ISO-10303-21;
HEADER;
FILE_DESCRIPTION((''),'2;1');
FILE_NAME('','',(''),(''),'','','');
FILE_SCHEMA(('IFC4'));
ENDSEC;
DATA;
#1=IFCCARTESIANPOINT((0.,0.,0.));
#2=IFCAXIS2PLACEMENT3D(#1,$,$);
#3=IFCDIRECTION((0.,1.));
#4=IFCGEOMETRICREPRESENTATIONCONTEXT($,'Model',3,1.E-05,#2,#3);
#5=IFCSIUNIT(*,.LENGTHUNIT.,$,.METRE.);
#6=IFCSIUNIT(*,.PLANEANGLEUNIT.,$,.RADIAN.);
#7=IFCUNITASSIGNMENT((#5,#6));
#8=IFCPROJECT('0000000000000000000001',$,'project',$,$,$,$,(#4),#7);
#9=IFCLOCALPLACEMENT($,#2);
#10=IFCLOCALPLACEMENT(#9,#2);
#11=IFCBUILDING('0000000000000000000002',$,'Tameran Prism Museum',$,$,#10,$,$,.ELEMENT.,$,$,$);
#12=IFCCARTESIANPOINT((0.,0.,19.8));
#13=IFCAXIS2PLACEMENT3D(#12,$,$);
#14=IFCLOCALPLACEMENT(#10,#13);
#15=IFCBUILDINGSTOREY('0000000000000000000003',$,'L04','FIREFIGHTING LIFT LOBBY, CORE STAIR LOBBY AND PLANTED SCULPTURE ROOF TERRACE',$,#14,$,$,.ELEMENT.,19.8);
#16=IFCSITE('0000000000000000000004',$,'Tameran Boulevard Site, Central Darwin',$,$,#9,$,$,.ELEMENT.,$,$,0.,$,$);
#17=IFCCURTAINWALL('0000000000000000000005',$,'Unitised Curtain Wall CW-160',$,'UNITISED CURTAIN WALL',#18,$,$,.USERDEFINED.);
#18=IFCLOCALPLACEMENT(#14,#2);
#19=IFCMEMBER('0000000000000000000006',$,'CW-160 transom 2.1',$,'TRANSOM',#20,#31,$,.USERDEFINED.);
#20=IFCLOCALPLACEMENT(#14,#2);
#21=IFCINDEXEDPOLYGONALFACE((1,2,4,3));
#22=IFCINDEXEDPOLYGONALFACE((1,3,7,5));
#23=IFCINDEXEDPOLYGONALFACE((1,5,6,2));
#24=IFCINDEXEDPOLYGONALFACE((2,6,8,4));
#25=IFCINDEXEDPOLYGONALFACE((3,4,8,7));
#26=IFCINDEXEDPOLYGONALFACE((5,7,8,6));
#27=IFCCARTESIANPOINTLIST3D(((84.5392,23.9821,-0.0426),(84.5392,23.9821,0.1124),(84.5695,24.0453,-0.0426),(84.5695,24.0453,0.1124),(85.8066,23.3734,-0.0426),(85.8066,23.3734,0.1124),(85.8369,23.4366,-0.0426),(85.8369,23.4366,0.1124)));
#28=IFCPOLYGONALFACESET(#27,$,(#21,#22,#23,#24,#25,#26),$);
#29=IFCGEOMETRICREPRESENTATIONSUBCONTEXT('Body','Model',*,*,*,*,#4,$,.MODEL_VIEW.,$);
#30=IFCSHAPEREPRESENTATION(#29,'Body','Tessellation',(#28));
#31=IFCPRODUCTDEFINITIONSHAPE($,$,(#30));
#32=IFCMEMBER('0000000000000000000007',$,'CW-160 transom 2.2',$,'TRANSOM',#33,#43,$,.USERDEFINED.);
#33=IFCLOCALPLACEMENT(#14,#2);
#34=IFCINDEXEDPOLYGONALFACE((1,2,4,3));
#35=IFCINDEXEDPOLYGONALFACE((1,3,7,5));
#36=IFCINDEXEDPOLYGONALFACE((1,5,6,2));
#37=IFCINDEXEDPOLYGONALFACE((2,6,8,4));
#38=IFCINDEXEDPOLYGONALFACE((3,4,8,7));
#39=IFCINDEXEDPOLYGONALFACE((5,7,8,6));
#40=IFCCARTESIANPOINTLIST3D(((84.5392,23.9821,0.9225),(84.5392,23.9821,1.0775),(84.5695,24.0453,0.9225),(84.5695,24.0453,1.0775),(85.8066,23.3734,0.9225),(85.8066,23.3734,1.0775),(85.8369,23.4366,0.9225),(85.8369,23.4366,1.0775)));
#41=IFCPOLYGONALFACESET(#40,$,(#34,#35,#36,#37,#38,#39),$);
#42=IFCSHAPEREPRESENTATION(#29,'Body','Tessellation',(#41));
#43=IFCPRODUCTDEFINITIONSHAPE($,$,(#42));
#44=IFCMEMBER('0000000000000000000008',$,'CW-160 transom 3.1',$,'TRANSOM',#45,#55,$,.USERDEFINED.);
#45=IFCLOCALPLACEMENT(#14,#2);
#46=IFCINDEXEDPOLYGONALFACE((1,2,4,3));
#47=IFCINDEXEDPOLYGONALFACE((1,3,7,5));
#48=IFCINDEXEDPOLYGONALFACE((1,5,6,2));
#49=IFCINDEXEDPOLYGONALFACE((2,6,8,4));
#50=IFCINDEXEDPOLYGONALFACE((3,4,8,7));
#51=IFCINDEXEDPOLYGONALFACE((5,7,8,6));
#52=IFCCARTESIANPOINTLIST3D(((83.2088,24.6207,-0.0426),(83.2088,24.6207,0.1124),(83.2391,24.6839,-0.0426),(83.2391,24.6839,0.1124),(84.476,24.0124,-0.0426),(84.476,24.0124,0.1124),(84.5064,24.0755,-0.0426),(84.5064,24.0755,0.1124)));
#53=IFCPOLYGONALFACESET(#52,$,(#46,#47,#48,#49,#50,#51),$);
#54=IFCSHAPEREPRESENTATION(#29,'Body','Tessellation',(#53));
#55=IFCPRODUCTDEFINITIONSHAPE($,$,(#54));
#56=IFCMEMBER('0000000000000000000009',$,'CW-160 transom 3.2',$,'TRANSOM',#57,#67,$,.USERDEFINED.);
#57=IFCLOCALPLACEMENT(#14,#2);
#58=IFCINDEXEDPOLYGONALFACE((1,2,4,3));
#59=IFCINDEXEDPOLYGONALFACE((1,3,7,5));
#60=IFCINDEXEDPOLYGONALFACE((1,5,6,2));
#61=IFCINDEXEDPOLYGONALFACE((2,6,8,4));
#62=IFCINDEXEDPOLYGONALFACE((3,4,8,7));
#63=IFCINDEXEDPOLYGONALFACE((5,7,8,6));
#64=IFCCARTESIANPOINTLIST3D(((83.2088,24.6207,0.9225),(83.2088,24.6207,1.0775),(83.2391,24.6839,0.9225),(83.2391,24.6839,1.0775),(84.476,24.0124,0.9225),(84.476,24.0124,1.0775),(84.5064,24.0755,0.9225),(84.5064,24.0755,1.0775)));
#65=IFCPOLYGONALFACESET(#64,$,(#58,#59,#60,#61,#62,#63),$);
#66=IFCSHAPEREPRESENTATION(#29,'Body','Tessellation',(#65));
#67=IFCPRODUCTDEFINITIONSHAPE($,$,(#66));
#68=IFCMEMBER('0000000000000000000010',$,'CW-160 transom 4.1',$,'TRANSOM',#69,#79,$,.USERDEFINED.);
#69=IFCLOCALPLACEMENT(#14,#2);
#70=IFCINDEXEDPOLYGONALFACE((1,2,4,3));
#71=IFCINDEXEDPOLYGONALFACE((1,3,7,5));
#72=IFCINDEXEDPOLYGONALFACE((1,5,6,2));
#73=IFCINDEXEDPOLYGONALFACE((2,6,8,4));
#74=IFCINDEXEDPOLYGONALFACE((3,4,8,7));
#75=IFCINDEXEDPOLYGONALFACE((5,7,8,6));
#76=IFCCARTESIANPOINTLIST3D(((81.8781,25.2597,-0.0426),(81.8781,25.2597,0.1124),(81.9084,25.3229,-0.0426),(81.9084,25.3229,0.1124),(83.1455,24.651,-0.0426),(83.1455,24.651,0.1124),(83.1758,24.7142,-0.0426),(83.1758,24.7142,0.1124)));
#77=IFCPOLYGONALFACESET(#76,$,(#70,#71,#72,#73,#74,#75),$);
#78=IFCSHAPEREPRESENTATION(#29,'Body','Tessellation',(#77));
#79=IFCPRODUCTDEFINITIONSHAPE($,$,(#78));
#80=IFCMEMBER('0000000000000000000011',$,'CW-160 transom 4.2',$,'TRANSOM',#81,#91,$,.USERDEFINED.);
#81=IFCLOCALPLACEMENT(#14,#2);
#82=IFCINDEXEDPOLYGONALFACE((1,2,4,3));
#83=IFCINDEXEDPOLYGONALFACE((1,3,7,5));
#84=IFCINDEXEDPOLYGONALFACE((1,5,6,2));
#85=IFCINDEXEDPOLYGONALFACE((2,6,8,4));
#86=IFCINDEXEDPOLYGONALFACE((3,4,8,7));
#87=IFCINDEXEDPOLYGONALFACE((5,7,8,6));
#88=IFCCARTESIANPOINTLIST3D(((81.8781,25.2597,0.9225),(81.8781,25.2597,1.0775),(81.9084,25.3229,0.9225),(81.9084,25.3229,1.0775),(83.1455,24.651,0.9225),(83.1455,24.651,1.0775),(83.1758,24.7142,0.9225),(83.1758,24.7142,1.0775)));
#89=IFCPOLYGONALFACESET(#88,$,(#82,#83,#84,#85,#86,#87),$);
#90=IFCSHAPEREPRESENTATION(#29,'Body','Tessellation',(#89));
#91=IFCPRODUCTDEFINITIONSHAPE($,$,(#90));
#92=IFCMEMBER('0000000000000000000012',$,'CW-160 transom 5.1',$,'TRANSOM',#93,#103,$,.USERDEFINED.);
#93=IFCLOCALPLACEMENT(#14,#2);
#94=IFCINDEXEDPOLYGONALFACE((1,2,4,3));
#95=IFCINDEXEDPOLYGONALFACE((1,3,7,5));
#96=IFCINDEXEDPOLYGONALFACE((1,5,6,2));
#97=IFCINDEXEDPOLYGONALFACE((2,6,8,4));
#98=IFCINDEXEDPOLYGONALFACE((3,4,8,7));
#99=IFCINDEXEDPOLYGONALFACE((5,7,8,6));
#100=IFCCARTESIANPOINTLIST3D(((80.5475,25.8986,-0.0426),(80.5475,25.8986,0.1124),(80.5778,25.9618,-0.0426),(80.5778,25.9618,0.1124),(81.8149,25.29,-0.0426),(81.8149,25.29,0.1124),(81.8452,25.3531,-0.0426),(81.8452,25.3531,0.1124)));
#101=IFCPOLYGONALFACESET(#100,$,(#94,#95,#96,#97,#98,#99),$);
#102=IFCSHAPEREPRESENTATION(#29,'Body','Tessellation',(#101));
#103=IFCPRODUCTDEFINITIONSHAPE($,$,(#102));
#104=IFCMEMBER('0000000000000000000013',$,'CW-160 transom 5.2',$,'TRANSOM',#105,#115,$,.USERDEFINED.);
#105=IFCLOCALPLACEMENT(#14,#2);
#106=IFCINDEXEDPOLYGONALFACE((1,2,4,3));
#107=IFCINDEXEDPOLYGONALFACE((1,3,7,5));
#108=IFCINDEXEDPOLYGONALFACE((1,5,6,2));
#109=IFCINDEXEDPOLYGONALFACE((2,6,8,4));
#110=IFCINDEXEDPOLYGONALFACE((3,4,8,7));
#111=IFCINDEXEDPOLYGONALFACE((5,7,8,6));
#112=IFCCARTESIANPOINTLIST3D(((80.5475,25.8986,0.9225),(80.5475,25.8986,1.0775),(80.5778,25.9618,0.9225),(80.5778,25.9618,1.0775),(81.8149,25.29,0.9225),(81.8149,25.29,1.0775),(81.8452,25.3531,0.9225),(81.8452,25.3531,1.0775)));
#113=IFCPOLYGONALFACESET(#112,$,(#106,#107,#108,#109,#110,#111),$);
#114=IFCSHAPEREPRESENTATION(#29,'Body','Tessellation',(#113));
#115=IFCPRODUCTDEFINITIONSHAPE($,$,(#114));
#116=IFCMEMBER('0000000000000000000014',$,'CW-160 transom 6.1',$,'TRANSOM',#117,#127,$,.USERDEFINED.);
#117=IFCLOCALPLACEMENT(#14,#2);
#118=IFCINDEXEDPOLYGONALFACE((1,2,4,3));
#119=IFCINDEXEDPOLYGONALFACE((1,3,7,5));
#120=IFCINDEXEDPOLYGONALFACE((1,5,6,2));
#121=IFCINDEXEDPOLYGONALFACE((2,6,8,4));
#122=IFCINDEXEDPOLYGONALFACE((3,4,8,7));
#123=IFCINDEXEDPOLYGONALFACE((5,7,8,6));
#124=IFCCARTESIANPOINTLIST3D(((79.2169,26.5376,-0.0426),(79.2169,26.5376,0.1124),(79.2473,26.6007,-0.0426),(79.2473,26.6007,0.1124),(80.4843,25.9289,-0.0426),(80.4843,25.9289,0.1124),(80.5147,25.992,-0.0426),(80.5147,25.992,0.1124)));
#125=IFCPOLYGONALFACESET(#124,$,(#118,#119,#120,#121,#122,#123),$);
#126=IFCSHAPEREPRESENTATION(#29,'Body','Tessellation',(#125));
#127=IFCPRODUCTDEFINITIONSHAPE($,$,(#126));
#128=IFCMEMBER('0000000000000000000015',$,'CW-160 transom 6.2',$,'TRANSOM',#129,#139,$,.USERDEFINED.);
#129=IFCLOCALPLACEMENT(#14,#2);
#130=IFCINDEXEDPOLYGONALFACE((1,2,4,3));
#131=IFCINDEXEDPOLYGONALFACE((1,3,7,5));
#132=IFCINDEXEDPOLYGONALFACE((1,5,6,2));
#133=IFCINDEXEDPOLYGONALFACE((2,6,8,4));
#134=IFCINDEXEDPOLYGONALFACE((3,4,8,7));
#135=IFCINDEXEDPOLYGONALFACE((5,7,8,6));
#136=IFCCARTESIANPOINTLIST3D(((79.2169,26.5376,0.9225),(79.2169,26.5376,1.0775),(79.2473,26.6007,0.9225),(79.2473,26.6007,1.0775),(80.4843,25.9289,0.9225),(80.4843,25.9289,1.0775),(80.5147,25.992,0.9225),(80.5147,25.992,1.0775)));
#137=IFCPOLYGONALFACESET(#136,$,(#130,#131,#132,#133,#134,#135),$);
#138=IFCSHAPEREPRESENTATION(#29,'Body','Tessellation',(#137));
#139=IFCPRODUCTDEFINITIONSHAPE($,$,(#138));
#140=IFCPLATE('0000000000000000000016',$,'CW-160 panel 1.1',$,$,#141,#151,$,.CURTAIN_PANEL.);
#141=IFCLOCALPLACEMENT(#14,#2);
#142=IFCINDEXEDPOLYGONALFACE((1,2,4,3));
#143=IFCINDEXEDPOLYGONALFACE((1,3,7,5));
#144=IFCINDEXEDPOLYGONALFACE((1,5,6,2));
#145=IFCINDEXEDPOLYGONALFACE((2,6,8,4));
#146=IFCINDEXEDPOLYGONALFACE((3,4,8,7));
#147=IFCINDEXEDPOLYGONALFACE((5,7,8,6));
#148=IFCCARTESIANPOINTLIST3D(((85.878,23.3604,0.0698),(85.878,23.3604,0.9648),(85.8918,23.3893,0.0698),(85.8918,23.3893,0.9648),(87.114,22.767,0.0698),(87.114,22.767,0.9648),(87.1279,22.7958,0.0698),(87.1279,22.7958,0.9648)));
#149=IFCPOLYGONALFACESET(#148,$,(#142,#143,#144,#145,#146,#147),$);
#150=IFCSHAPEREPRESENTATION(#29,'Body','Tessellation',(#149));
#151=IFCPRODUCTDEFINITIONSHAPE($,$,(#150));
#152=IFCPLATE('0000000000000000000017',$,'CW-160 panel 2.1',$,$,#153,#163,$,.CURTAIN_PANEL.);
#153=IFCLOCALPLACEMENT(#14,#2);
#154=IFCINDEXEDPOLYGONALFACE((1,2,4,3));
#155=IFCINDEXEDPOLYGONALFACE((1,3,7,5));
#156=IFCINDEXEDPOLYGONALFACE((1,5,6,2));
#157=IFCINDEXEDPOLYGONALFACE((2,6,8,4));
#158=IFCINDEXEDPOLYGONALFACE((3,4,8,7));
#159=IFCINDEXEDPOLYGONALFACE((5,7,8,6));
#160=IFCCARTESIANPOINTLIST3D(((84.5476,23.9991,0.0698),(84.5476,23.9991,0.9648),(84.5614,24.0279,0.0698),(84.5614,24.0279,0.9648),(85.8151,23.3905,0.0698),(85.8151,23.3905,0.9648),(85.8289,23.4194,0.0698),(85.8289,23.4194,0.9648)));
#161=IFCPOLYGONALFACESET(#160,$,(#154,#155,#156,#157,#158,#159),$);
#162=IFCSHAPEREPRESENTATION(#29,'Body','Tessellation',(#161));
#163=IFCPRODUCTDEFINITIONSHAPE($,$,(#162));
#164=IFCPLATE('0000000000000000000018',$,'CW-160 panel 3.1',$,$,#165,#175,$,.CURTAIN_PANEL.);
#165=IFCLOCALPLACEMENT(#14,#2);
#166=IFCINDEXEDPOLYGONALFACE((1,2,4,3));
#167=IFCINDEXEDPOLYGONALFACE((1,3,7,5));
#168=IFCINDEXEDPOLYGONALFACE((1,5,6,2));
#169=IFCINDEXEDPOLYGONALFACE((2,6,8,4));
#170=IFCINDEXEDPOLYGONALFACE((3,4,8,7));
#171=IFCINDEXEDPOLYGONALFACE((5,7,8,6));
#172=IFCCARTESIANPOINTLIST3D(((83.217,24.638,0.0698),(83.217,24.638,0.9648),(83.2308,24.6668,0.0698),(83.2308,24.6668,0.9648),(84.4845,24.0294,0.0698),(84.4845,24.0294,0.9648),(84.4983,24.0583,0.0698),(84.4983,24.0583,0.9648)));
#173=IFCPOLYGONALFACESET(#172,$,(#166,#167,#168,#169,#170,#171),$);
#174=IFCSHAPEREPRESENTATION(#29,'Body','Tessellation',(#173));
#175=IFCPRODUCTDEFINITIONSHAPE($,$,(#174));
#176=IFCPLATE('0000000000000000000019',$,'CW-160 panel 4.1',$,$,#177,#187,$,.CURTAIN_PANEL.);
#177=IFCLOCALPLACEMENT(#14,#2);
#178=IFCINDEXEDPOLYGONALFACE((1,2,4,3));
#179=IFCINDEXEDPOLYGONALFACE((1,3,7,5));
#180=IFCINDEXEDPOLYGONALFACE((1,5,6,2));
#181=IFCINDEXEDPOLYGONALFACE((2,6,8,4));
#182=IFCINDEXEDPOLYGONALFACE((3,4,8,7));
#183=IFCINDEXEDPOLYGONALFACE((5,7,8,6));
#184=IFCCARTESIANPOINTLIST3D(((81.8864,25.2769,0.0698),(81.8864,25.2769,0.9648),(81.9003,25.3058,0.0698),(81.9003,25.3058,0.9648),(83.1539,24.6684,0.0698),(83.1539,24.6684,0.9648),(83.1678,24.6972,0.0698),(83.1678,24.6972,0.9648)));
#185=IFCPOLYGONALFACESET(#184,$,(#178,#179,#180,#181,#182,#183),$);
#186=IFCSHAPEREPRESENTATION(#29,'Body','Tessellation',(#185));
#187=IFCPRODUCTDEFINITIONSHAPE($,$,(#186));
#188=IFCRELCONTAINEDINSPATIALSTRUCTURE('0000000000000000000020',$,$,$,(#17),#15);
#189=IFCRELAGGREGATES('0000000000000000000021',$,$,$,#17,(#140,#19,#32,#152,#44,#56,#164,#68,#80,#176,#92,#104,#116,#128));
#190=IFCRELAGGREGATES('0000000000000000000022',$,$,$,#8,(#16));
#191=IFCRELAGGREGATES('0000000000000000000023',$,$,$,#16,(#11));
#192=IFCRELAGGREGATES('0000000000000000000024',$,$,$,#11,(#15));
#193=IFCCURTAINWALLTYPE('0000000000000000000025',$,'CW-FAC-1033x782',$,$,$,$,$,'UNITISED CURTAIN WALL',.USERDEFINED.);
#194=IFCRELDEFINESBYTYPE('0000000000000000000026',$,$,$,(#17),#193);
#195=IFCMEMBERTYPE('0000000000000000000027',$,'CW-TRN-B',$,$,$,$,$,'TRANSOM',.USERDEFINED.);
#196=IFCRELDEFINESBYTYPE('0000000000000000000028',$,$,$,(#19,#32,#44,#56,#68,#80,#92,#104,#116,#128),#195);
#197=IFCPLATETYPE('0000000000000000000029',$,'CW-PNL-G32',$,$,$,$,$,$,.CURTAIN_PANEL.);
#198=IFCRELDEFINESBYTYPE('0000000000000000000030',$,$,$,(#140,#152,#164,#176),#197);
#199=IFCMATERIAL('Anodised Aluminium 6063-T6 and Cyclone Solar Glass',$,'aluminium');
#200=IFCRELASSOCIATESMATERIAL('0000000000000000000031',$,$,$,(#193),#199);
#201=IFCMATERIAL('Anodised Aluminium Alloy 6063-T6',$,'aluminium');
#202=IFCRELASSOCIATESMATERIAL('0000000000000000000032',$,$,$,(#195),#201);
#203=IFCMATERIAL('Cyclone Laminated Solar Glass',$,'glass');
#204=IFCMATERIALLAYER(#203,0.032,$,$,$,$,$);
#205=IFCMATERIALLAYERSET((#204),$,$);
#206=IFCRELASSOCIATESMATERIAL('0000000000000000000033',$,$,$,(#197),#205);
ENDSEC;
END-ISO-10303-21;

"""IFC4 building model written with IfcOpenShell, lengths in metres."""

from ifc_helpers import new_model, si_unit, direction, frame, origin, origin_2d, place, context, subcontext, project, spatial, rectangle, extrude, material, layer, layer_set, material_profile, profile_set, type_object, element, aggregate, save


model = new_model("IFC4")

# Units and contexts
model_context = context("Model", 3, precision=1e-05, world=origin(), true_north=direction((0.0, 1.0)))
body_context = subcontext(model_context, "Body", "Model", "MODEL_VIEW")
ifc_project = project(units=[si_unit("LENGTHUNIT", "METRE"), si_unit("PLANEANGLEUNIT", "RADIAN")], contexts=[model_context])

# Site, building, storey
site_placement = place(None, origin())
site = spatial("IfcSite", under=ifc_project, at=site_placement, Name="Tameran Boulevard Site, Central Darwin", CompositionType="ELEMENT", RefElevation=0.0)
building_placement = place(site_placement, origin())
building = spatial("IfcBuilding", under=site, at=building_placement, Name="Tameran Prism Museum", CompositionType="ELEMENT")
storey_placement = place(building_placement, frame((0.0, 0.0, 19.8)))
storey = spatial("IfcBuildingStorey", under=building, at=storey_placement, Name="L04", Description="FIREFIGHTING LIFT LOBBY, CORE STAIR LOBBY AND PLANTED SCULPTURE ROOF TERRACE", CompositionType="ELEMENT", Elevation=19.8)

# Curtain wall, members, plates
ifc_material_1 = material(Name="Anodised Aluminium 6063-T6 and Cyclone Solar Glass", Category="aluminium")
curtain_wall_type = type_object("IfcCurtainWallType", Name="CW-FAC-1033x782", ElementType="UNITISED CURTAIN WALL", PredefinedType="USERDEFINED", material=ifc_material_1)
curtain_wall_placement = place(storey_placement, origin())
curtain_wall = element("IfcCurtainWall", 1, at=curtain_wall_placement, inside=storey, type_object=curtain_wall_type, Name="Unitised Curtain Wall CW-160", ObjectType="UNITISED CURTAIN WALL", PredefinedType="USERDEFINED")
ifc_material_2 = material(Name="Anodised Aluminium Alloy 6063-T6", Category="aluminium")
ifc_material_profile_1 = material_profile(ifc_material_2, rectangle(XDim=0.0701, YDim=0.155, at=origin_2d()))
ifc_profile_set_1 = profile_set([ifc_material_profile_1])
member_type_1 = type_object("IfcMemberType", Name="CW-TRN-B", ElementType="TRANSOM", PredefinedType="USERDEFINED", material=ifc_profile_set_1)
member_1_placement = place(storey_placement, frame((85.8218, 23.405, 0.0349), z_axis=(-0.901434, 0.432917, 0.0), x_axis=(-0.432917, -0.901434, 0.0)))
member_1 = element("IfcMember", 2, at=member_1_placement, type_object=member_type_1, Name="CW-160 transom 2.1", ObjectType="TRANSOM", PredefinedType="USERDEFINED", context=body_context, shape_type="SweptSolid", body=[
    extrude(rectangle(XDim=0.0701, YDim=0.155, at=origin_2d()), origin(), (0.0, 0.0, 1.0), 1.406),
])
member_2_placement = place(storey_placement, frame((85.8218, 23.405, 1.0), z_axis=(-0.901434, 0.432917, 0.0), x_axis=(-0.432917, -0.901434, 0.0)))
member_2 = element("IfcMember", 3, at=member_2_placement, type_object=member_type_1, Name="CW-160 transom 2.2", ObjectType="TRANSOM", PredefinedType="USERDEFINED", context=body_context, shape_type="SweptSolid", body=[
    extrude(rectangle(XDim=0.0701, YDim=0.155, at=origin_2d()), origin(), (0.0, 0.0, 1.0), 1.406),
])
member_3_placement = place(storey_placement, frame((84.4912, 24.0439, 0.0349), z_axis=(-0.901501, 0.432776, 0.0), x_axis=(-0.432776, -0.901501, 0.0)))
member_3 = element("IfcMember", 4, at=member_3_placement, type_object=member_type_1, Name="CW-160 transom 3.1", ObjectType="TRANSOM", PredefinedType="USERDEFINED", context=body_context, shape_type="SweptSolid", body=[
    extrude(rectangle(XDim=0.0701, YDim=0.155, at=origin_2d()), origin(), (0.0, 0.0, 1.0), 1.4058),
])
member_4_placement = place(storey_placement, frame((84.4912, 24.0439, 1.0), z_axis=(-0.901501, 0.432776, 0.0), x_axis=(-0.432776, -0.901501, 0.0)))
member_4 = element("IfcMember", 5, at=member_4_placement, type_object=member_type_1, Name="CW-160 transom 3.2", ObjectType="TRANSOM", PredefinedType="USERDEFINED", context=body_context, shape_type="SweptSolid", body=[
    extrude(rectangle(XDim=0.0701, YDim=0.155, at=origin_2d()), origin(), (0.0, 0.0, 1.0), 1.4058),
])
member_5_placement = place(storey_placement, frame((83.1606, 24.6826, 0.0349), z_axis=(-0.901434, 0.432917, 0.0), x_axis=(-0.432917, -0.901434, 0.0)))
member_5 = element("IfcMember", 6, at=member_5_placement, type_object=member_type_1, Name="CW-160 transom 4.1", ObjectType="TRANSOM", PredefinedType="USERDEFINED", context=body_context, shape_type="SweptSolid", body=[
    extrude(rectangle(XDim=0.0701, YDim=0.155, at=origin_2d()), origin(), (0.0, 0.0, 1.0), 1.406),
])
member_6_placement = place(storey_placement, frame((83.1606, 24.6826, 1.0), z_axis=(-0.901434, 0.432917, 0.0), x_axis=(-0.432917, -0.901434, 0.0)))
member_6 = element("IfcMember", 7, at=member_6_placement, type_object=member_type_1, Name="CW-160 transom 4.2", ObjectType="TRANSOM", PredefinedType="USERDEFINED", context=body_context, shape_type="SweptSolid", body=[
    extrude(rectangle(XDim=0.0701, YDim=0.155, at=origin_2d()), origin(), (0.0, 0.0, 1.0), 1.406),
])
member_7_placement = place(storey_placement, frame((81.8301, 25.3215, 0.0349), z_axis=(-0.901434, 0.432917, 0.0), x_axis=(-0.432917, -0.901434, 0.0)))
member_7 = element("IfcMember", 8, at=member_7_placement, type_object=member_type_1, Name="CW-160 transom 5.1", ObjectType="TRANSOM", PredefinedType="USERDEFINED", context=body_context, shape_type="SweptSolid", body=[
    extrude(rectangle(XDim=0.0701, YDim=0.155, at=origin_2d()), origin(), (0.0, 0.0, 1.0), 1.406),
])
member_8_placement = place(storey_placement, frame((81.8301, 25.3215, 1.0), z_axis=(-0.901434, 0.432917, 0.0), x_axis=(-0.432917, -0.901434, 0.0)))
member_8 = element("IfcMember", 9, at=member_8_placement, type_object=member_type_1, Name="CW-160 transom 5.2", ObjectType="TRANSOM", PredefinedType="USERDEFINED", context=body_context, shape_type="SweptSolid", body=[
    extrude(rectangle(XDim=0.0701, YDim=0.155, at=origin_2d()), origin(), (0.0, 0.0, 1.0), 1.406),
])
member_9_placement = place(storey_placement, frame((80.4995, 25.9604, 0.0349), z_axis=(-0.901434, 0.432917, 0.0), x_axis=(-0.432917, -0.901434, 0.0)))
member_9 = element("IfcMember", 10, at=member_9_placement, type_object=member_type_1, Name="CW-160 transom 6.1", ObjectType="TRANSOM", PredefinedType="USERDEFINED", context=body_context, shape_type="SweptSolid", body=[
    extrude(rectangle(XDim=0.0701, YDim=0.155, at=origin_2d()), origin(), (0.0, 0.0, 1.0), 1.406),
])
member_10_placement = place(storey_placement, frame((80.4995, 25.9604, 1.0), z_axis=(-0.901434, 0.432917, 0.0), x_axis=(-0.432917, -0.901434, 0.0)))
member_10 = element("IfcMember", 11, at=member_10_placement, type_object=member_type_1, Name="CW-160 transom 6.2", ObjectType="TRANSOM", PredefinedType="USERDEFINED", context=body_context, shape_type="SweptSolid", body=[
    extrude(rectangle(XDim=0.0701, YDim=0.155, at=origin_2d()), origin(), (0.0, 0.0, 1.0), 1.406),
])
ifc_material_3 = material(Name="Cyclone Laminated Solar Glass", Category="glass")
ifc_layer = layer(ifc_material_3, 0.032)
ifc_layer_set = layer_set([ifc_layer])
plate_type = type_object("IfcPlateType", Name="CW-PNL-G32", PredefinedType="CURTAIN_PANEL", material=ifc_layer_set)
plate_1_placement = place(storey_placement, frame((86.5029, 23.0781, 0.0698), z_axis=(0.0, 0.0, 1.0), x_axis=(-0.901475, 0.432832, 0.0)))
plate_1 = element("IfcPlate", 12, at=plate_1_placement, type_object=plate_type, Name="CW-160 panel 1.1", PredefinedType="CURTAIN_PANEL", context=body_context, shape_type="SweptSolid", body=[
    extrude(rectangle(XDim=1.3711, YDim=0.032, at=origin_2d()), origin(), (0.0, 0.0, 1.0), 0.895),
])
plate_2_placement = place(storey_placement, frame((85.1882, 23.7092, 0.0698), z_axis=(0.0, 0.0, 1.0), x_axis=(-0.901475, 0.432832, 0.0)))
plate_2 = element("IfcPlate", 13, at=plate_2_placement, type_object=plate_type, Name="CW-160 panel 2.1", PredefinedType="CURTAIN_PANEL", context=body_context, shape_type="SweptSolid", body=[
    extrude(rectangle(XDim=1.406, YDim=0.032, at=origin_2d()), origin(), (0.0, 0.0, 1.0), 0.895),
])
plate_3_placement = place(storey_placement, frame((83.8577, 24.3481, 0.0698), z_axis=(0.0, 0.0, 1.0), x_axis=(-0.901475, 0.432832, 0.0)))
plate_3 = element("IfcPlate", 14, at=plate_3_placement, type_object=plate_type, Name="CW-160 panel 3.1", PredefinedType="CURTAIN_PANEL", context=body_context, shape_type="SweptSolid", body=[
    extrude(rectangle(XDim=1.406, YDim=0.032, at=origin_2d()), origin(), (0.0, 0.0, 1.0), 0.895),
])
plate_4_placement = place(storey_placement, frame((82.5271, 24.9871, 0.0698), z_axis=(0.0, 0.0, 1.0), x_axis=(-0.901475, 0.432832, 0.0)))
plate_4 = element("IfcPlate", 15, at=plate_4_placement, type_object=plate_type, Name="CW-160 panel 4.1", PredefinedType="CURTAIN_PANEL", context=body_context, shape_type="SweptSolid", body=[
    extrude(rectangle(XDim=1.406, YDim=0.032, at=origin_2d()), origin(), (0.0, 0.0, 1.0), 0.895),
])
aggregate(curtain_wall, [plate_1, member_1, member_2, plate_2, member_3, member_4, plate_3, member_5, member_6, plate_4, member_7, member_8, member_9, member_10])

save(model, "model.ifc")
